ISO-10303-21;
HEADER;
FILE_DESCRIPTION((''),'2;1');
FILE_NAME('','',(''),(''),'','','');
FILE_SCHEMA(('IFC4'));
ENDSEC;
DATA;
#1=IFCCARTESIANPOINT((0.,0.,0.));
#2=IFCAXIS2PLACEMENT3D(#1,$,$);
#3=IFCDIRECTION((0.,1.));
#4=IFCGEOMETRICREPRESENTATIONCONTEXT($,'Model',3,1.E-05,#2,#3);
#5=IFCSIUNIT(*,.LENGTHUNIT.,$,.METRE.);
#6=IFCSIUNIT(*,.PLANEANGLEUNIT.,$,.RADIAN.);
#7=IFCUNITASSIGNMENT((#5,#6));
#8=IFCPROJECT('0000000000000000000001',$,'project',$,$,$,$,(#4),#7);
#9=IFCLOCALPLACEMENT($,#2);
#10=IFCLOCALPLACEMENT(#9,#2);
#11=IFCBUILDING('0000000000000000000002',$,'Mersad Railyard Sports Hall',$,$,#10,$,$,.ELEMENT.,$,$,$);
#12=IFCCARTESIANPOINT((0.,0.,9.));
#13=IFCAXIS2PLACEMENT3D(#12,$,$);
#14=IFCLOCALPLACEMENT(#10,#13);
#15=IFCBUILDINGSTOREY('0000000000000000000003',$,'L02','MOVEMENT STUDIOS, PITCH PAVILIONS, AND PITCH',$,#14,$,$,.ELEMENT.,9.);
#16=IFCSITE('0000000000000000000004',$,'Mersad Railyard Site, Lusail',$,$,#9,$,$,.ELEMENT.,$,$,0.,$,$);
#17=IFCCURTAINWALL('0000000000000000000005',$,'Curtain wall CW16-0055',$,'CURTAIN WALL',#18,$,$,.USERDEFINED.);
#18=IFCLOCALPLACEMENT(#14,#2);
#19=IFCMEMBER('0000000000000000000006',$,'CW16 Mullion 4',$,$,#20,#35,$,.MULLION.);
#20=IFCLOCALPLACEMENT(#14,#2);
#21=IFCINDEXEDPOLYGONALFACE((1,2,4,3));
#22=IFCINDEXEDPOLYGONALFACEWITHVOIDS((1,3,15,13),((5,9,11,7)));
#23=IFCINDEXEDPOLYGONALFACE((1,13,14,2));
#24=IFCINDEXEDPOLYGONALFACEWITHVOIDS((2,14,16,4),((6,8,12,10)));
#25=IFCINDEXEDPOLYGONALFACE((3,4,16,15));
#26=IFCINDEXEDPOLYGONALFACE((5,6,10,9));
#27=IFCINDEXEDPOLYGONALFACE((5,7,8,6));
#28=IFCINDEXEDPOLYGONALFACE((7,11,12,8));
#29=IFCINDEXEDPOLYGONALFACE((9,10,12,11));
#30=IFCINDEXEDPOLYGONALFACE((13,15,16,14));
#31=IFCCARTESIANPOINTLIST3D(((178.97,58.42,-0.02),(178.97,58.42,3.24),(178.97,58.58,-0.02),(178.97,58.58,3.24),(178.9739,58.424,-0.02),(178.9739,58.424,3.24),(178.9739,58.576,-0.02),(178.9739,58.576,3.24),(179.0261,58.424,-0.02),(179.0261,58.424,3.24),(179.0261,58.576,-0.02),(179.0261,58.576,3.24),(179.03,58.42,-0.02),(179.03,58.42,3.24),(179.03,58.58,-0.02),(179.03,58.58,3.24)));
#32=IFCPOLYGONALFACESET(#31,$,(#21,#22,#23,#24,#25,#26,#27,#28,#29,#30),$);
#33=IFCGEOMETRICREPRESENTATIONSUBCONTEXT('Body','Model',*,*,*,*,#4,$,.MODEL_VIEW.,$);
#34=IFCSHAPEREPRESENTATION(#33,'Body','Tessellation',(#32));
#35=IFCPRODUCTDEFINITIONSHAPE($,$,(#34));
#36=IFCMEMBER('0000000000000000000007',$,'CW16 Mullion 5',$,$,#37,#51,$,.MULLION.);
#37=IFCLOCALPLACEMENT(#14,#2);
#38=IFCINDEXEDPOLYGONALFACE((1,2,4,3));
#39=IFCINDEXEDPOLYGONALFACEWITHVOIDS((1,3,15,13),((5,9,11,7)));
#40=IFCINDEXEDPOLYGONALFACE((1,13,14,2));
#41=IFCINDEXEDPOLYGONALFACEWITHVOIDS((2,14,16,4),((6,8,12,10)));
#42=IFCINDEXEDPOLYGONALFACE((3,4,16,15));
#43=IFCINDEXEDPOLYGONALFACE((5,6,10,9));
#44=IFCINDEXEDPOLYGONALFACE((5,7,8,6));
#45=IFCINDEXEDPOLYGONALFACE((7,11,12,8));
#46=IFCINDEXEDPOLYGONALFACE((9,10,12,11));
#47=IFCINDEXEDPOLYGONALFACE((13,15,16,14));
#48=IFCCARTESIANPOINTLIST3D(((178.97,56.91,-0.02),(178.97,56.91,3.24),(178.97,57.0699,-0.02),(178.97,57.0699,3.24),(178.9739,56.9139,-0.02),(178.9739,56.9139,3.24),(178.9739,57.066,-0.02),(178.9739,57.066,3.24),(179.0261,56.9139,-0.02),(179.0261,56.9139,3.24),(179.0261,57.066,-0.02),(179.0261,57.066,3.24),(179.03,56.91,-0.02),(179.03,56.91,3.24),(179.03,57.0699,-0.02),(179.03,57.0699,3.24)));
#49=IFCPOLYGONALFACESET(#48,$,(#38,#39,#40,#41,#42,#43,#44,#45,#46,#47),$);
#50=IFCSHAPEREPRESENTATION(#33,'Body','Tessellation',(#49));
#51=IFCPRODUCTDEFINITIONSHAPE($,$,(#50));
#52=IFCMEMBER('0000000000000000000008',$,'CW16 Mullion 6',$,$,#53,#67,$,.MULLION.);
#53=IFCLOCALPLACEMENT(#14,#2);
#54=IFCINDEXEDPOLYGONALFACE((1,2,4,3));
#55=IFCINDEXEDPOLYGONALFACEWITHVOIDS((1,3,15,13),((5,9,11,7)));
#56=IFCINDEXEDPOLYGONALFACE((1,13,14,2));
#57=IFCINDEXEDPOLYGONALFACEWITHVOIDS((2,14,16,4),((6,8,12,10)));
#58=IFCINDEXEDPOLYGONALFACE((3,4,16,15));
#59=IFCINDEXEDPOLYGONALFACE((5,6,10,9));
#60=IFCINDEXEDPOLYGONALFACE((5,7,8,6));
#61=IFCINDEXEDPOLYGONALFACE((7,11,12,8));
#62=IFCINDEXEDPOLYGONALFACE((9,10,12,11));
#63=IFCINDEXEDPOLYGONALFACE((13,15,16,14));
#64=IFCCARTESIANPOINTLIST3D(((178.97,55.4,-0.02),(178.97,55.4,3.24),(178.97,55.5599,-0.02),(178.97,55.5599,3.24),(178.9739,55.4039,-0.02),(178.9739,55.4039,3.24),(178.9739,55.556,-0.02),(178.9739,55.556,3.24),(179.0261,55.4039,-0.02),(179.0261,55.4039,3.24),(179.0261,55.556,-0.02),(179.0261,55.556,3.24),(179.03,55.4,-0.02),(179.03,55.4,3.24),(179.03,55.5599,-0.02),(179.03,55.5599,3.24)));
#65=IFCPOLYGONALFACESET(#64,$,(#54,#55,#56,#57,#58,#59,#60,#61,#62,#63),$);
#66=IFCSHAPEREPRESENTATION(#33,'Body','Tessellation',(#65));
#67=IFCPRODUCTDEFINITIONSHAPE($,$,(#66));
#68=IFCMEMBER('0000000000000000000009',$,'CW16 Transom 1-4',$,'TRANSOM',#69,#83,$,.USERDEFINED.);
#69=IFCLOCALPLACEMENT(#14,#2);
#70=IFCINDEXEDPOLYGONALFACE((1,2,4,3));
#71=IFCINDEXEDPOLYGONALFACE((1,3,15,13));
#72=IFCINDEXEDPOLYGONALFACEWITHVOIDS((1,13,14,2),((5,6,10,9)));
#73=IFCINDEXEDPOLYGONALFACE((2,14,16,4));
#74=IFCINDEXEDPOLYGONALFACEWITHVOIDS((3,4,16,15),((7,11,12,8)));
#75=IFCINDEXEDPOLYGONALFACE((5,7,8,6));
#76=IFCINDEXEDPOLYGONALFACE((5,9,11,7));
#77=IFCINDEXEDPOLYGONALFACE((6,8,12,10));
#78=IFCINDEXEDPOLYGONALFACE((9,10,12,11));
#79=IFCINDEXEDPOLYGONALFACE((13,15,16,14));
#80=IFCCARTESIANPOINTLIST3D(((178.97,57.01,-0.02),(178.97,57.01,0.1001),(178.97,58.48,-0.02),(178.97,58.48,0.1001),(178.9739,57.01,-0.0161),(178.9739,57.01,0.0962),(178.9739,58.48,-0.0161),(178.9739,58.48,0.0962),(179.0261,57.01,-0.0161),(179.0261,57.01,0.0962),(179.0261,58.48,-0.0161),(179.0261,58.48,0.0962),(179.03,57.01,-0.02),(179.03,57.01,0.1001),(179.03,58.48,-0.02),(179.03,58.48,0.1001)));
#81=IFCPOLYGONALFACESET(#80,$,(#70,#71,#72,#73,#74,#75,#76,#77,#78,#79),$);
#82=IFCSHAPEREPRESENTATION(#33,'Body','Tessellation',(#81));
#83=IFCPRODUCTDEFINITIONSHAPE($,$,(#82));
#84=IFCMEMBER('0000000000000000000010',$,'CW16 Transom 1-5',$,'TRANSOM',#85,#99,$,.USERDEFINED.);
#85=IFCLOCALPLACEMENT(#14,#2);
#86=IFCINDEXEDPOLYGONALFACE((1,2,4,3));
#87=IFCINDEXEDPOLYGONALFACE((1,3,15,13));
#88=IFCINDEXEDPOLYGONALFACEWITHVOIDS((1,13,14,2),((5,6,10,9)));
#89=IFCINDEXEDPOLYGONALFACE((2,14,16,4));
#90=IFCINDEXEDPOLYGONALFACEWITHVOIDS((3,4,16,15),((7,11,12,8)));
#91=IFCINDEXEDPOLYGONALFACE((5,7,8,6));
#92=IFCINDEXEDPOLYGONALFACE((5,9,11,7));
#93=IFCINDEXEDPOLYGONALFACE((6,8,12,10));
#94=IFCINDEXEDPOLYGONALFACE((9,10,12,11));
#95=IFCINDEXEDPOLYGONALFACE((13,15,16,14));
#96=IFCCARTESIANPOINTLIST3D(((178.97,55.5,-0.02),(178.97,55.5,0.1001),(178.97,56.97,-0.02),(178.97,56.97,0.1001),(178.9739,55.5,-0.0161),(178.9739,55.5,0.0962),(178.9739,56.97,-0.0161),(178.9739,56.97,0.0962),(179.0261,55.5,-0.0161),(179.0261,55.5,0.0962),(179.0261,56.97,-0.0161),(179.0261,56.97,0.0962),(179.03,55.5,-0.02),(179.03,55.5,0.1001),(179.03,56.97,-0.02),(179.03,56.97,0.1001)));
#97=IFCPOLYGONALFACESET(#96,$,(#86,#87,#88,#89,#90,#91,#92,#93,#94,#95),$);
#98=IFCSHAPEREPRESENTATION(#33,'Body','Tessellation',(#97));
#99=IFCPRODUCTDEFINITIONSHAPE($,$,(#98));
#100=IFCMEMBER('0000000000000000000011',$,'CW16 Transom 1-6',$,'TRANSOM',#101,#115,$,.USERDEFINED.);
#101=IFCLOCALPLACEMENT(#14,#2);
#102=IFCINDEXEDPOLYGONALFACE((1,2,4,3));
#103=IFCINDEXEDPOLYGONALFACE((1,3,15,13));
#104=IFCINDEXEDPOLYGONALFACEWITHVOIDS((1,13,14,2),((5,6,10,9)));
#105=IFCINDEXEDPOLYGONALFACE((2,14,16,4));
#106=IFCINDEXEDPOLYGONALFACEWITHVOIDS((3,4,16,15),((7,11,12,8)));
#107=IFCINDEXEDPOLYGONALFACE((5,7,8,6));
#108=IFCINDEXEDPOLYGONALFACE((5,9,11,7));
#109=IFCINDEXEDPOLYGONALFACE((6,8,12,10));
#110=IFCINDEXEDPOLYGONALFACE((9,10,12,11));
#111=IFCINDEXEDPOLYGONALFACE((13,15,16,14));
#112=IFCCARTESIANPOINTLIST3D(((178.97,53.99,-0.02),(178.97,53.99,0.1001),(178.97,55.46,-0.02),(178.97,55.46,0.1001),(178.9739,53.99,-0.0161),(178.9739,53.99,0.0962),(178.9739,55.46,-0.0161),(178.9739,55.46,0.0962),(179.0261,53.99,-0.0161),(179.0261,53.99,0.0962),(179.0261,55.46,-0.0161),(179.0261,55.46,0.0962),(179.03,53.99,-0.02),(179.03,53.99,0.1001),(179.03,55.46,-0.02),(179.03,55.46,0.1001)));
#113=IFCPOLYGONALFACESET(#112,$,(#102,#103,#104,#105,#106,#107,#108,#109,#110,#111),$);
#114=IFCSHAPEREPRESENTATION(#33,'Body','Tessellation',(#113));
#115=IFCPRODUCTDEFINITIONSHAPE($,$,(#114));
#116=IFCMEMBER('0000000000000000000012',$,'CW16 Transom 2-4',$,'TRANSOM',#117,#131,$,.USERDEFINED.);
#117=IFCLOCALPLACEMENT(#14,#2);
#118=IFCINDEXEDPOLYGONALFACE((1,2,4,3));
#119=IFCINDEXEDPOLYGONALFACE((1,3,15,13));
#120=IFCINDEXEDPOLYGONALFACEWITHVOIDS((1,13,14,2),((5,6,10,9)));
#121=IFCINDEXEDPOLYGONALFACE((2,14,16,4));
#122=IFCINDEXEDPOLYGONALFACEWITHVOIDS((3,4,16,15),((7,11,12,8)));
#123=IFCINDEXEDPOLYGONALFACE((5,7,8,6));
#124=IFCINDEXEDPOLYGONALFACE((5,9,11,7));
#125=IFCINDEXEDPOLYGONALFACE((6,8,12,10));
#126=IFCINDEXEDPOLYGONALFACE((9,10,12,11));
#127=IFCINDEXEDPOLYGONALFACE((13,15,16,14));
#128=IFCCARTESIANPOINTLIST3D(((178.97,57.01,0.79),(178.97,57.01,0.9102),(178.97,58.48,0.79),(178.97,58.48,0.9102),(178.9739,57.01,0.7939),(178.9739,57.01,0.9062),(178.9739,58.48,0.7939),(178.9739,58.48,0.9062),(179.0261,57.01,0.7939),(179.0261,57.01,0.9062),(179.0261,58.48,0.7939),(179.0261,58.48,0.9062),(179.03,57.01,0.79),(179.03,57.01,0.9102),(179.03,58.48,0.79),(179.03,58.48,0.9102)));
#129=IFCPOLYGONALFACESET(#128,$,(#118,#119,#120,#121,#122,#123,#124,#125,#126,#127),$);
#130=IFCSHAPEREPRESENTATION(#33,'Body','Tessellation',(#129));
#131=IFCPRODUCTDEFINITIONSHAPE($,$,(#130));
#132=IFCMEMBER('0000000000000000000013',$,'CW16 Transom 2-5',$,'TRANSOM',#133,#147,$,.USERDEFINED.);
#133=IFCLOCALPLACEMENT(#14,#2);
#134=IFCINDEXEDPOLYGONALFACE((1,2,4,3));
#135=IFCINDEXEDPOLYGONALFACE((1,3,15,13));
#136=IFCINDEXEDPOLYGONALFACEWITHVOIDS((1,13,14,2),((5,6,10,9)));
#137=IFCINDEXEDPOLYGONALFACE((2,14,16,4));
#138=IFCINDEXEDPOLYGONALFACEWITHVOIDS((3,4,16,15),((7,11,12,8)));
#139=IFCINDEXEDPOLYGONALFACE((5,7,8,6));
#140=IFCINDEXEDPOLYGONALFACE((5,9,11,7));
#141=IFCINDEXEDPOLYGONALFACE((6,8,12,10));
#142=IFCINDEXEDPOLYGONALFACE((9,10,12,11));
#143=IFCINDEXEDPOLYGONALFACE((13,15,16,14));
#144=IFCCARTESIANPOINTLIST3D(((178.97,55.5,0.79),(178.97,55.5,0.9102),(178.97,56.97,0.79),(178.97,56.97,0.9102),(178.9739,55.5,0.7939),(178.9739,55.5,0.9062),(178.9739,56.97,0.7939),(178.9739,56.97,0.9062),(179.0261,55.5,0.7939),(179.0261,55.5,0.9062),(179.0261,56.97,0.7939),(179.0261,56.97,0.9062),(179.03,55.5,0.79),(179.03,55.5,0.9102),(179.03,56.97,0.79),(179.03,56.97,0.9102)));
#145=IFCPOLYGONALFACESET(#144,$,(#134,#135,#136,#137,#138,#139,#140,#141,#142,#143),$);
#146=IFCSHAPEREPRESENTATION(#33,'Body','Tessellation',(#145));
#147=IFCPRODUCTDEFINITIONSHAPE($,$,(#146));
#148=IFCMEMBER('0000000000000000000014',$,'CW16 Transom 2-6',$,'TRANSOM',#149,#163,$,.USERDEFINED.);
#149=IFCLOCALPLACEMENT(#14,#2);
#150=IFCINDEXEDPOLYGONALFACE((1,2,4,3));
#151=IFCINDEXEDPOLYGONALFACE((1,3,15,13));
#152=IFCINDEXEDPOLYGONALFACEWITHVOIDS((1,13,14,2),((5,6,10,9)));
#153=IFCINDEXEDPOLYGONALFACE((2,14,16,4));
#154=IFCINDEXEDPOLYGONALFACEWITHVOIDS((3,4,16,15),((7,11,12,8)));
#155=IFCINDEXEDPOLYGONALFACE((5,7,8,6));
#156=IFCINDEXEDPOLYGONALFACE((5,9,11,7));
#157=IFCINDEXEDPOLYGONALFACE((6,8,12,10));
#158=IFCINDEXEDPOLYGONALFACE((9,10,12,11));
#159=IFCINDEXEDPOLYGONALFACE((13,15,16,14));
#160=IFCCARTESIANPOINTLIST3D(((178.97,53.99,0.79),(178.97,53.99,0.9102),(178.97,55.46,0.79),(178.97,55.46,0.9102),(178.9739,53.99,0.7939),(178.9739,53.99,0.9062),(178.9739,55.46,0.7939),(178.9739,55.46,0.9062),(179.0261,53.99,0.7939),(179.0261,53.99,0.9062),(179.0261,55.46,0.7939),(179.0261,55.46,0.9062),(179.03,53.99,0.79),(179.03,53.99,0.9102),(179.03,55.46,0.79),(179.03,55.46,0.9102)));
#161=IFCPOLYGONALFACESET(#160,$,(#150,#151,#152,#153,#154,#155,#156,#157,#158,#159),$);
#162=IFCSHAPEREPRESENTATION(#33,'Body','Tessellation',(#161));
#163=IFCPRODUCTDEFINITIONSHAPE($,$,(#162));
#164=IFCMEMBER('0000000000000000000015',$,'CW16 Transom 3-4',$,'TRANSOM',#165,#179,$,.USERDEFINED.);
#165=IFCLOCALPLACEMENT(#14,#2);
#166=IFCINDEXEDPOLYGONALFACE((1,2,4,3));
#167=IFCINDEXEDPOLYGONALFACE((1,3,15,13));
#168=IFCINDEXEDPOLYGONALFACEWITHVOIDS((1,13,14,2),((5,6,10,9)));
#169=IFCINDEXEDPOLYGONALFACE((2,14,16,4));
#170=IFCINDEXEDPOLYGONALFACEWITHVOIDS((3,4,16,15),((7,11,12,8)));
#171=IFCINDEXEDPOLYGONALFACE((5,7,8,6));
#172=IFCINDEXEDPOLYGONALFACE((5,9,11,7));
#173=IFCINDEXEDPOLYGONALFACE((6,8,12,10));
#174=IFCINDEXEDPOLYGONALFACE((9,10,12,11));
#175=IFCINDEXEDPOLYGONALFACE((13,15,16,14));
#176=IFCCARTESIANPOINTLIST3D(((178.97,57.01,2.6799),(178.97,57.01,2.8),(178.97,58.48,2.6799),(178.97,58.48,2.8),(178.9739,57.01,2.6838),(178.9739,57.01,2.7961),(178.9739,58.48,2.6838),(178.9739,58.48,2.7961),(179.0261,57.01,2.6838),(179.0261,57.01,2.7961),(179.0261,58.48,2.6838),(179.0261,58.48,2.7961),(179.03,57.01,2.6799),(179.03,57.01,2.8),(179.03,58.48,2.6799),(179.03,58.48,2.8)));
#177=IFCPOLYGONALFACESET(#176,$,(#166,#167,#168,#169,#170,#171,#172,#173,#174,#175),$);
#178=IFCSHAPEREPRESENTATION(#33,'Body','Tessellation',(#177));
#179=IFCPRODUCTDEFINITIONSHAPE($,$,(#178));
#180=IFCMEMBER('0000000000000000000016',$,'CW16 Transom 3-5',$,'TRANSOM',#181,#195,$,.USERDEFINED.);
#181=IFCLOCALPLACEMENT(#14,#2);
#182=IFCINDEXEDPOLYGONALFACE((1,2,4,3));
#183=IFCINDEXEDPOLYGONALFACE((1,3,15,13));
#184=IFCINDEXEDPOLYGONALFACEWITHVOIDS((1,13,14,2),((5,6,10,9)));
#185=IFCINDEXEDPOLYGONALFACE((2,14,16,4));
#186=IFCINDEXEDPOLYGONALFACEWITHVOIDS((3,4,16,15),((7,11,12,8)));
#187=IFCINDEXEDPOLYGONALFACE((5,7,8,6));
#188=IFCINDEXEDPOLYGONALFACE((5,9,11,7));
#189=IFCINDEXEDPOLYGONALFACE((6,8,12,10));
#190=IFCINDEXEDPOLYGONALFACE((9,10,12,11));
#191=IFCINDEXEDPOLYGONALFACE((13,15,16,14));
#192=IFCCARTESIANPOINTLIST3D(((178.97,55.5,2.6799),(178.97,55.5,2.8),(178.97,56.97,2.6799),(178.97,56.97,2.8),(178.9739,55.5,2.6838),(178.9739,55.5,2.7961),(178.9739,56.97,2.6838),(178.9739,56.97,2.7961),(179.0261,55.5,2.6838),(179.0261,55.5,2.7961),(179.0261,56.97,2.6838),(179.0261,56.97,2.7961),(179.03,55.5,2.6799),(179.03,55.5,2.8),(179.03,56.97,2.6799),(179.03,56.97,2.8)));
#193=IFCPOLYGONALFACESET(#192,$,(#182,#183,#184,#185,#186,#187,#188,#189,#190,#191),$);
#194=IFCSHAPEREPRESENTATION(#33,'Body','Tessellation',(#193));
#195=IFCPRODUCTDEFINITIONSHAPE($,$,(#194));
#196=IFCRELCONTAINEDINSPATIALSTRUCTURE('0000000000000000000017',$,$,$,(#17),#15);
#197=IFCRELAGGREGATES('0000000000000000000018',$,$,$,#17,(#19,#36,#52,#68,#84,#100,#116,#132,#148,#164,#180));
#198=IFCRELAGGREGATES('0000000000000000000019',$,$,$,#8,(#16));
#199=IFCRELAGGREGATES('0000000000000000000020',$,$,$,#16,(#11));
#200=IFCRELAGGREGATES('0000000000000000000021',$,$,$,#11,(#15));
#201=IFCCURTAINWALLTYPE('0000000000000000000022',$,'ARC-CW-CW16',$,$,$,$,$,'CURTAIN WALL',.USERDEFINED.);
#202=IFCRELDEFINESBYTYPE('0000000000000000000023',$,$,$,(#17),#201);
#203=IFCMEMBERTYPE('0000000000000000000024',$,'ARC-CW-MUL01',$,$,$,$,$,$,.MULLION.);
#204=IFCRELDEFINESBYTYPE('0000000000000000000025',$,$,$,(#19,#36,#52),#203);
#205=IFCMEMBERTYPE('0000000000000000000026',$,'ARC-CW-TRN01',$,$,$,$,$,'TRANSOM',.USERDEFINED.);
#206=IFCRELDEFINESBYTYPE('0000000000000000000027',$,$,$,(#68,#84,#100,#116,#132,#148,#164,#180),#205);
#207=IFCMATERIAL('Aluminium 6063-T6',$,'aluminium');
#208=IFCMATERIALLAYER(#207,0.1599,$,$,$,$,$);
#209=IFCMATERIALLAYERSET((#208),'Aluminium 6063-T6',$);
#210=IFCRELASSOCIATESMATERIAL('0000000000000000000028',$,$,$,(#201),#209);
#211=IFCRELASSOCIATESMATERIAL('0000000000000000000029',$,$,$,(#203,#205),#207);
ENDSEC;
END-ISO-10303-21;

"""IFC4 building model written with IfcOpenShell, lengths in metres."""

from ifc_helpers import new_model, si_unit, direction, frame, origin, origin_2d, place, context, subcontext, project, spatial, hollow_rectangle, extrude, material, layer, layer_set, material_profile, profile_set, type_object, element, aggregate, save


model = new_model("IFC4")

# Units and contexts
model_context = context("Model", 3, precision=1e-05, world=origin(), true_north=direction((0.0, 1.0)))
body_context = subcontext(model_context, "Body", "Model", "MODEL_VIEW")
ifc_project = project(units=[si_unit("LENGTHUNIT", "METRE"), si_unit("PLANEANGLEUNIT", "RADIAN")], contexts=[model_context])

# Site, building, storey
site_placement = place(None, origin())
site = spatial("IfcSite", under=ifc_project, at=site_placement, Name="Mersad Railyard Site, Lusail", CompositionType="ELEMENT", RefElevation=0.0)
building_placement = place(site_placement, origin())
building = spatial("IfcBuilding", under=site, at=building_placement, Name="Mersad Railyard Sports Hall", CompositionType="ELEMENT")
storey_placement = place(building_placement, frame((0.0, 0.0, 9.0)))
storey = spatial("IfcBuildingStorey", under=building, at=storey_placement, Name="L02", Description="MOVEMENT STUDIOS, PITCH PAVILIONS, AND PITCH", CompositionType="ELEMENT", Elevation=9.0)

# Curtain wall, members
ifc_material_1 = material(Name="Aluminium 6063-T6", Category="aluminium")
ifc_layer_1 = layer(ifc_material_1, 0.1599)
ifc_layer_set_1 = layer_set([ifc_layer_1], Name="Aluminium 6063-T6")
curtain_wall_type = type_object("IfcCurtainWallType", Name="ARC-CW-CW16", ElementType="CURTAIN WALL", PredefinedType="USERDEFINED", material=ifc_layer_set_1)
curtain_wall_placement = place(storey_placement, origin())
curtain_wall = element("IfcCurtainWall", 1, at=curtain_wall_placement, inside=storey, type_object=curtain_wall_type, Name="Curtain wall CW16-0055", ObjectType="CURTAIN WALL", PredefinedType="USERDEFINED")
ifc_material_profile_1 = material_profile(ifc_material_1, hollow_rectangle(XDim=0.0601, YDim=0.1599, WallThickness=0.0039, at=origin_2d()), Name="AL MULLION 60x160x4")
ifc_profile_set_1 = profile_set([ifc_material_profile_1], Name="Aluminium 6063-T6")
member_type_1 = type_object("IfcMemberType", Name="ARC-CW-MUL01", PredefinedType="MULLION", material=ifc_profile_set_1)
member_1_placement = place(storey_placement, frame((179.0, 58.5, -0.02), z_axis=(0.0, 0.0, 1.0), x_axis=(1.0, 0.0, 0.0)))
member_1 = element("IfcMember", 2, at=member_1_placement, type_object=member_type_1, Name="CW16 Mullion 4", PredefinedType="MULLION", context=body_context, shape_type="SweptSolid", body=[
    extrude(hollow_rectangle(XDim=0.0601, YDim=0.1599, WallThickness=0.0039, at=origin_2d()), origin(), (0.0, 0.0, 1.0), 3.26),
])
member_2_placement = place(storey_placement, frame((179.0, 56.99, -0.02), z_axis=(0.0, 0.0, 1.0), x_axis=(1.0, 0.0, 0.0)))
member_2 = element("IfcMember", 3, at=member_2_placement, type_object=member_type_1, Name="CW16 Mullion 5", PredefinedType="MULLION", context=body_context, shape_type="SweptSolid", body=[
    extrude(hollow_rectangle(XDim=0.0601, YDim=0.1599, WallThickness=0.0039, at=origin_2d()), origin(), (0.0, 0.0, 1.0), 3.26),
])
member_3_placement = place(storey_placement, frame((179.0, 55.48, -0.02), z_axis=(0.0, 0.0, 1.0), x_axis=(1.0, 0.0, 0.0)))
member_3 = element("IfcMember", 4, at=member_3_placement, type_object=member_type_1, Name="CW16 Mullion 6", PredefinedType="MULLION", context=body_context, shape_type="SweptSolid", body=[
    extrude(hollow_rectangle(XDim=0.0601, YDim=0.1599, WallThickness=0.0039, at=origin_2d()), origin(), (0.0, 0.0, 1.0), 3.26),
])
ifc_material_profile_2 = material_profile(ifc_material_1, hollow_rectangle(XDim=0.0601, YDim=0.1201, WallThickness=0.0039, at=origin_2d()), Name="AL TRANSOM 60x120x4")
ifc_profile_set_2 = profile_set([ifc_material_profile_2], Name="Aluminium 6063-T6")
member_type_2 = type_object("IfcMemberType", Name="ARC-CW-TRN01", ElementType="TRANSOM", PredefinedType="USERDEFINED", material=ifc_profile_set_2)
member_4_placement = place(storey_placement, frame((179.0, 58.48, 0.04), z_axis=(0.0, -1.0, 0.0), x_axis=(1.0, 0.0, 0.0)))
member_4 = element("IfcMember", 5, at=member_4_placement, type_object=member_type_2, Name="CW16 Transom 1-4", ObjectType="TRANSOM", PredefinedType="USERDEFINED", context=body_context, shape_type="SweptSolid", body=[
    extrude(hollow_rectangle(XDim=0.0601, YDim=0.1201, WallThickness=0.0039, at=origin_2d()), origin(), (0.0, 0.0, 1.0), 1.47),
])
member_5_placement = place(storey_placement, frame((179.0, 56.97, 0.04), z_axis=(0.0, -1.0, 0.0), x_axis=(1.0, 0.0, 0.0)))
member_5 = element("IfcMember", 6, at=member_5_placement, type_object=member_type_2, Name="CW16 Transom 1-5", ObjectType="TRANSOM", PredefinedType="USERDEFINED", context=body_context, shape_type="SweptSolid", body=[
    extrude(hollow_rectangle(XDim=0.0601, YDim=0.1201, WallThickness=0.0039, at=origin_2d()), origin(), (0.0, 0.0, 1.0), 1.47),
])
member_6_placement = place(storey_placement, frame((179.0, 55.46, 0.04), z_axis=(0.0, -1.0, 0.0), x_axis=(1.0, 0.0, 0.0)))
member_6 = element("IfcMember", 7, at=member_6_placement, type_object=member_type_2, Name="CW16 Transom 1-6", ObjectType="TRANSOM", PredefinedType="USERDEFINED", context=body_context, shape_type="SweptSolid", body=[
    extrude(hollow_rectangle(XDim=0.0601, YDim=0.1201, WallThickness=0.0039, at=origin_2d()), origin(), (0.0, 0.0, 1.0), 1.47),
])
member_7_placement = place(storey_placement, frame((179.0, 58.48, 0.8501), z_axis=(0.0, -1.0, 0.0), x_axis=(1.0, 0.0, 0.0)))
member_7 = element("IfcMember", 8, at=member_7_placement, type_object=member_type_2, Name="CW16 Transom 2-4", ObjectType="TRANSOM", PredefinedType="USERDEFINED", context=body_context, shape_type="SweptSolid", body=[
    extrude(hollow_rectangle(XDim=0.0601, YDim=0.1201, WallThickness=0.0039, at=origin_2d()), origin(), (0.0, 0.0, 1.0), 1.47),
])
member_8_placement = place(storey_placement, frame((179.0, 56.97, 0.8501), z_axis=(0.0, -1.0, 0.0), x_axis=(1.0, 0.0, 0.0)))
member_8 = element("IfcMember", 9, at=member_8_placement, type_object=member_type_2, Name="CW16 Transom 2-5", ObjectType="TRANSOM", PredefinedType="USERDEFINED", context=body_context, shape_type="SweptSolid", body=[
    extrude(hollow_rectangle(XDim=0.0601, YDim=0.1201, WallThickness=0.0039, at=origin_2d()), origin(), (0.0, 0.0, 1.0), 1.47),
])
member_9_placement = place(storey_placement, frame((179.0, 55.46, 0.8501), z_axis=(0.0, -1.0, 0.0), x_axis=(1.0, 0.0, 0.0)))
member_9 = element("IfcMember", 10, at=member_9_placement, type_object=member_type_2, Name="CW16 Transom 2-6", ObjectType="TRANSOM", PredefinedType="USERDEFINED", context=body_context, shape_type="SweptSolid", body=[
    extrude(hollow_rectangle(XDim=0.0601, YDim=0.1201, WallThickness=0.0039, at=origin_2d()), origin(), (0.0, 0.0, 1.0), 1.47),
])
member_10_placement = place(storey_placement, frame((179.0, 58.48, 2.74), z_axis=(0.0, -1.0, 0.0), x_axis=(1.0, 0.0, 0.0)))
member_10 = element("IfcMember", 11, at=member_10_placement, type_object=member_type_2, Name="CW16 Transom 3-4", ObjectType="TRANSOM", PredefinedType="USERDEFINED", context=body_context, shape_type="SweptSolid", body=[
    extrude(hollow_rectangle(XDim=0.0601, YDim=0.1201, WallThickness=0.0039, at=origin_2d()), origin(), (0.0, 0.0, 1.0), 1.47),
])
member_11_placement = place(storey_placement, frame((179.0, 56.97, 2.74), z_axis=(0.0, -1.0, 0.0), x_axis=(1.0, 0.0, 0.0)))
member_11 = element("IfcMember", 12, at=member_11_placement, type_object=member_type_2, Name="CW16 Transom 3-5", ObjectType="TRANSOM", PredefinedType="USERDEFINED", context=body_context, shape_type="SweptSolid", body=[
    extrude(hollow_rectangle(XDim=0.0601, YDim=0.1201, WallThickness=0.0039, at=origin_2d()), origin(), (0.0, 0.0, 1.0), 1.47),
])
aggregate(curtain_wall, [member_1, member_2, member_3, member_4, member_5, member_6, member_7, member_8, member_9, member_10, member_11])

save(model, "model.ifc")
